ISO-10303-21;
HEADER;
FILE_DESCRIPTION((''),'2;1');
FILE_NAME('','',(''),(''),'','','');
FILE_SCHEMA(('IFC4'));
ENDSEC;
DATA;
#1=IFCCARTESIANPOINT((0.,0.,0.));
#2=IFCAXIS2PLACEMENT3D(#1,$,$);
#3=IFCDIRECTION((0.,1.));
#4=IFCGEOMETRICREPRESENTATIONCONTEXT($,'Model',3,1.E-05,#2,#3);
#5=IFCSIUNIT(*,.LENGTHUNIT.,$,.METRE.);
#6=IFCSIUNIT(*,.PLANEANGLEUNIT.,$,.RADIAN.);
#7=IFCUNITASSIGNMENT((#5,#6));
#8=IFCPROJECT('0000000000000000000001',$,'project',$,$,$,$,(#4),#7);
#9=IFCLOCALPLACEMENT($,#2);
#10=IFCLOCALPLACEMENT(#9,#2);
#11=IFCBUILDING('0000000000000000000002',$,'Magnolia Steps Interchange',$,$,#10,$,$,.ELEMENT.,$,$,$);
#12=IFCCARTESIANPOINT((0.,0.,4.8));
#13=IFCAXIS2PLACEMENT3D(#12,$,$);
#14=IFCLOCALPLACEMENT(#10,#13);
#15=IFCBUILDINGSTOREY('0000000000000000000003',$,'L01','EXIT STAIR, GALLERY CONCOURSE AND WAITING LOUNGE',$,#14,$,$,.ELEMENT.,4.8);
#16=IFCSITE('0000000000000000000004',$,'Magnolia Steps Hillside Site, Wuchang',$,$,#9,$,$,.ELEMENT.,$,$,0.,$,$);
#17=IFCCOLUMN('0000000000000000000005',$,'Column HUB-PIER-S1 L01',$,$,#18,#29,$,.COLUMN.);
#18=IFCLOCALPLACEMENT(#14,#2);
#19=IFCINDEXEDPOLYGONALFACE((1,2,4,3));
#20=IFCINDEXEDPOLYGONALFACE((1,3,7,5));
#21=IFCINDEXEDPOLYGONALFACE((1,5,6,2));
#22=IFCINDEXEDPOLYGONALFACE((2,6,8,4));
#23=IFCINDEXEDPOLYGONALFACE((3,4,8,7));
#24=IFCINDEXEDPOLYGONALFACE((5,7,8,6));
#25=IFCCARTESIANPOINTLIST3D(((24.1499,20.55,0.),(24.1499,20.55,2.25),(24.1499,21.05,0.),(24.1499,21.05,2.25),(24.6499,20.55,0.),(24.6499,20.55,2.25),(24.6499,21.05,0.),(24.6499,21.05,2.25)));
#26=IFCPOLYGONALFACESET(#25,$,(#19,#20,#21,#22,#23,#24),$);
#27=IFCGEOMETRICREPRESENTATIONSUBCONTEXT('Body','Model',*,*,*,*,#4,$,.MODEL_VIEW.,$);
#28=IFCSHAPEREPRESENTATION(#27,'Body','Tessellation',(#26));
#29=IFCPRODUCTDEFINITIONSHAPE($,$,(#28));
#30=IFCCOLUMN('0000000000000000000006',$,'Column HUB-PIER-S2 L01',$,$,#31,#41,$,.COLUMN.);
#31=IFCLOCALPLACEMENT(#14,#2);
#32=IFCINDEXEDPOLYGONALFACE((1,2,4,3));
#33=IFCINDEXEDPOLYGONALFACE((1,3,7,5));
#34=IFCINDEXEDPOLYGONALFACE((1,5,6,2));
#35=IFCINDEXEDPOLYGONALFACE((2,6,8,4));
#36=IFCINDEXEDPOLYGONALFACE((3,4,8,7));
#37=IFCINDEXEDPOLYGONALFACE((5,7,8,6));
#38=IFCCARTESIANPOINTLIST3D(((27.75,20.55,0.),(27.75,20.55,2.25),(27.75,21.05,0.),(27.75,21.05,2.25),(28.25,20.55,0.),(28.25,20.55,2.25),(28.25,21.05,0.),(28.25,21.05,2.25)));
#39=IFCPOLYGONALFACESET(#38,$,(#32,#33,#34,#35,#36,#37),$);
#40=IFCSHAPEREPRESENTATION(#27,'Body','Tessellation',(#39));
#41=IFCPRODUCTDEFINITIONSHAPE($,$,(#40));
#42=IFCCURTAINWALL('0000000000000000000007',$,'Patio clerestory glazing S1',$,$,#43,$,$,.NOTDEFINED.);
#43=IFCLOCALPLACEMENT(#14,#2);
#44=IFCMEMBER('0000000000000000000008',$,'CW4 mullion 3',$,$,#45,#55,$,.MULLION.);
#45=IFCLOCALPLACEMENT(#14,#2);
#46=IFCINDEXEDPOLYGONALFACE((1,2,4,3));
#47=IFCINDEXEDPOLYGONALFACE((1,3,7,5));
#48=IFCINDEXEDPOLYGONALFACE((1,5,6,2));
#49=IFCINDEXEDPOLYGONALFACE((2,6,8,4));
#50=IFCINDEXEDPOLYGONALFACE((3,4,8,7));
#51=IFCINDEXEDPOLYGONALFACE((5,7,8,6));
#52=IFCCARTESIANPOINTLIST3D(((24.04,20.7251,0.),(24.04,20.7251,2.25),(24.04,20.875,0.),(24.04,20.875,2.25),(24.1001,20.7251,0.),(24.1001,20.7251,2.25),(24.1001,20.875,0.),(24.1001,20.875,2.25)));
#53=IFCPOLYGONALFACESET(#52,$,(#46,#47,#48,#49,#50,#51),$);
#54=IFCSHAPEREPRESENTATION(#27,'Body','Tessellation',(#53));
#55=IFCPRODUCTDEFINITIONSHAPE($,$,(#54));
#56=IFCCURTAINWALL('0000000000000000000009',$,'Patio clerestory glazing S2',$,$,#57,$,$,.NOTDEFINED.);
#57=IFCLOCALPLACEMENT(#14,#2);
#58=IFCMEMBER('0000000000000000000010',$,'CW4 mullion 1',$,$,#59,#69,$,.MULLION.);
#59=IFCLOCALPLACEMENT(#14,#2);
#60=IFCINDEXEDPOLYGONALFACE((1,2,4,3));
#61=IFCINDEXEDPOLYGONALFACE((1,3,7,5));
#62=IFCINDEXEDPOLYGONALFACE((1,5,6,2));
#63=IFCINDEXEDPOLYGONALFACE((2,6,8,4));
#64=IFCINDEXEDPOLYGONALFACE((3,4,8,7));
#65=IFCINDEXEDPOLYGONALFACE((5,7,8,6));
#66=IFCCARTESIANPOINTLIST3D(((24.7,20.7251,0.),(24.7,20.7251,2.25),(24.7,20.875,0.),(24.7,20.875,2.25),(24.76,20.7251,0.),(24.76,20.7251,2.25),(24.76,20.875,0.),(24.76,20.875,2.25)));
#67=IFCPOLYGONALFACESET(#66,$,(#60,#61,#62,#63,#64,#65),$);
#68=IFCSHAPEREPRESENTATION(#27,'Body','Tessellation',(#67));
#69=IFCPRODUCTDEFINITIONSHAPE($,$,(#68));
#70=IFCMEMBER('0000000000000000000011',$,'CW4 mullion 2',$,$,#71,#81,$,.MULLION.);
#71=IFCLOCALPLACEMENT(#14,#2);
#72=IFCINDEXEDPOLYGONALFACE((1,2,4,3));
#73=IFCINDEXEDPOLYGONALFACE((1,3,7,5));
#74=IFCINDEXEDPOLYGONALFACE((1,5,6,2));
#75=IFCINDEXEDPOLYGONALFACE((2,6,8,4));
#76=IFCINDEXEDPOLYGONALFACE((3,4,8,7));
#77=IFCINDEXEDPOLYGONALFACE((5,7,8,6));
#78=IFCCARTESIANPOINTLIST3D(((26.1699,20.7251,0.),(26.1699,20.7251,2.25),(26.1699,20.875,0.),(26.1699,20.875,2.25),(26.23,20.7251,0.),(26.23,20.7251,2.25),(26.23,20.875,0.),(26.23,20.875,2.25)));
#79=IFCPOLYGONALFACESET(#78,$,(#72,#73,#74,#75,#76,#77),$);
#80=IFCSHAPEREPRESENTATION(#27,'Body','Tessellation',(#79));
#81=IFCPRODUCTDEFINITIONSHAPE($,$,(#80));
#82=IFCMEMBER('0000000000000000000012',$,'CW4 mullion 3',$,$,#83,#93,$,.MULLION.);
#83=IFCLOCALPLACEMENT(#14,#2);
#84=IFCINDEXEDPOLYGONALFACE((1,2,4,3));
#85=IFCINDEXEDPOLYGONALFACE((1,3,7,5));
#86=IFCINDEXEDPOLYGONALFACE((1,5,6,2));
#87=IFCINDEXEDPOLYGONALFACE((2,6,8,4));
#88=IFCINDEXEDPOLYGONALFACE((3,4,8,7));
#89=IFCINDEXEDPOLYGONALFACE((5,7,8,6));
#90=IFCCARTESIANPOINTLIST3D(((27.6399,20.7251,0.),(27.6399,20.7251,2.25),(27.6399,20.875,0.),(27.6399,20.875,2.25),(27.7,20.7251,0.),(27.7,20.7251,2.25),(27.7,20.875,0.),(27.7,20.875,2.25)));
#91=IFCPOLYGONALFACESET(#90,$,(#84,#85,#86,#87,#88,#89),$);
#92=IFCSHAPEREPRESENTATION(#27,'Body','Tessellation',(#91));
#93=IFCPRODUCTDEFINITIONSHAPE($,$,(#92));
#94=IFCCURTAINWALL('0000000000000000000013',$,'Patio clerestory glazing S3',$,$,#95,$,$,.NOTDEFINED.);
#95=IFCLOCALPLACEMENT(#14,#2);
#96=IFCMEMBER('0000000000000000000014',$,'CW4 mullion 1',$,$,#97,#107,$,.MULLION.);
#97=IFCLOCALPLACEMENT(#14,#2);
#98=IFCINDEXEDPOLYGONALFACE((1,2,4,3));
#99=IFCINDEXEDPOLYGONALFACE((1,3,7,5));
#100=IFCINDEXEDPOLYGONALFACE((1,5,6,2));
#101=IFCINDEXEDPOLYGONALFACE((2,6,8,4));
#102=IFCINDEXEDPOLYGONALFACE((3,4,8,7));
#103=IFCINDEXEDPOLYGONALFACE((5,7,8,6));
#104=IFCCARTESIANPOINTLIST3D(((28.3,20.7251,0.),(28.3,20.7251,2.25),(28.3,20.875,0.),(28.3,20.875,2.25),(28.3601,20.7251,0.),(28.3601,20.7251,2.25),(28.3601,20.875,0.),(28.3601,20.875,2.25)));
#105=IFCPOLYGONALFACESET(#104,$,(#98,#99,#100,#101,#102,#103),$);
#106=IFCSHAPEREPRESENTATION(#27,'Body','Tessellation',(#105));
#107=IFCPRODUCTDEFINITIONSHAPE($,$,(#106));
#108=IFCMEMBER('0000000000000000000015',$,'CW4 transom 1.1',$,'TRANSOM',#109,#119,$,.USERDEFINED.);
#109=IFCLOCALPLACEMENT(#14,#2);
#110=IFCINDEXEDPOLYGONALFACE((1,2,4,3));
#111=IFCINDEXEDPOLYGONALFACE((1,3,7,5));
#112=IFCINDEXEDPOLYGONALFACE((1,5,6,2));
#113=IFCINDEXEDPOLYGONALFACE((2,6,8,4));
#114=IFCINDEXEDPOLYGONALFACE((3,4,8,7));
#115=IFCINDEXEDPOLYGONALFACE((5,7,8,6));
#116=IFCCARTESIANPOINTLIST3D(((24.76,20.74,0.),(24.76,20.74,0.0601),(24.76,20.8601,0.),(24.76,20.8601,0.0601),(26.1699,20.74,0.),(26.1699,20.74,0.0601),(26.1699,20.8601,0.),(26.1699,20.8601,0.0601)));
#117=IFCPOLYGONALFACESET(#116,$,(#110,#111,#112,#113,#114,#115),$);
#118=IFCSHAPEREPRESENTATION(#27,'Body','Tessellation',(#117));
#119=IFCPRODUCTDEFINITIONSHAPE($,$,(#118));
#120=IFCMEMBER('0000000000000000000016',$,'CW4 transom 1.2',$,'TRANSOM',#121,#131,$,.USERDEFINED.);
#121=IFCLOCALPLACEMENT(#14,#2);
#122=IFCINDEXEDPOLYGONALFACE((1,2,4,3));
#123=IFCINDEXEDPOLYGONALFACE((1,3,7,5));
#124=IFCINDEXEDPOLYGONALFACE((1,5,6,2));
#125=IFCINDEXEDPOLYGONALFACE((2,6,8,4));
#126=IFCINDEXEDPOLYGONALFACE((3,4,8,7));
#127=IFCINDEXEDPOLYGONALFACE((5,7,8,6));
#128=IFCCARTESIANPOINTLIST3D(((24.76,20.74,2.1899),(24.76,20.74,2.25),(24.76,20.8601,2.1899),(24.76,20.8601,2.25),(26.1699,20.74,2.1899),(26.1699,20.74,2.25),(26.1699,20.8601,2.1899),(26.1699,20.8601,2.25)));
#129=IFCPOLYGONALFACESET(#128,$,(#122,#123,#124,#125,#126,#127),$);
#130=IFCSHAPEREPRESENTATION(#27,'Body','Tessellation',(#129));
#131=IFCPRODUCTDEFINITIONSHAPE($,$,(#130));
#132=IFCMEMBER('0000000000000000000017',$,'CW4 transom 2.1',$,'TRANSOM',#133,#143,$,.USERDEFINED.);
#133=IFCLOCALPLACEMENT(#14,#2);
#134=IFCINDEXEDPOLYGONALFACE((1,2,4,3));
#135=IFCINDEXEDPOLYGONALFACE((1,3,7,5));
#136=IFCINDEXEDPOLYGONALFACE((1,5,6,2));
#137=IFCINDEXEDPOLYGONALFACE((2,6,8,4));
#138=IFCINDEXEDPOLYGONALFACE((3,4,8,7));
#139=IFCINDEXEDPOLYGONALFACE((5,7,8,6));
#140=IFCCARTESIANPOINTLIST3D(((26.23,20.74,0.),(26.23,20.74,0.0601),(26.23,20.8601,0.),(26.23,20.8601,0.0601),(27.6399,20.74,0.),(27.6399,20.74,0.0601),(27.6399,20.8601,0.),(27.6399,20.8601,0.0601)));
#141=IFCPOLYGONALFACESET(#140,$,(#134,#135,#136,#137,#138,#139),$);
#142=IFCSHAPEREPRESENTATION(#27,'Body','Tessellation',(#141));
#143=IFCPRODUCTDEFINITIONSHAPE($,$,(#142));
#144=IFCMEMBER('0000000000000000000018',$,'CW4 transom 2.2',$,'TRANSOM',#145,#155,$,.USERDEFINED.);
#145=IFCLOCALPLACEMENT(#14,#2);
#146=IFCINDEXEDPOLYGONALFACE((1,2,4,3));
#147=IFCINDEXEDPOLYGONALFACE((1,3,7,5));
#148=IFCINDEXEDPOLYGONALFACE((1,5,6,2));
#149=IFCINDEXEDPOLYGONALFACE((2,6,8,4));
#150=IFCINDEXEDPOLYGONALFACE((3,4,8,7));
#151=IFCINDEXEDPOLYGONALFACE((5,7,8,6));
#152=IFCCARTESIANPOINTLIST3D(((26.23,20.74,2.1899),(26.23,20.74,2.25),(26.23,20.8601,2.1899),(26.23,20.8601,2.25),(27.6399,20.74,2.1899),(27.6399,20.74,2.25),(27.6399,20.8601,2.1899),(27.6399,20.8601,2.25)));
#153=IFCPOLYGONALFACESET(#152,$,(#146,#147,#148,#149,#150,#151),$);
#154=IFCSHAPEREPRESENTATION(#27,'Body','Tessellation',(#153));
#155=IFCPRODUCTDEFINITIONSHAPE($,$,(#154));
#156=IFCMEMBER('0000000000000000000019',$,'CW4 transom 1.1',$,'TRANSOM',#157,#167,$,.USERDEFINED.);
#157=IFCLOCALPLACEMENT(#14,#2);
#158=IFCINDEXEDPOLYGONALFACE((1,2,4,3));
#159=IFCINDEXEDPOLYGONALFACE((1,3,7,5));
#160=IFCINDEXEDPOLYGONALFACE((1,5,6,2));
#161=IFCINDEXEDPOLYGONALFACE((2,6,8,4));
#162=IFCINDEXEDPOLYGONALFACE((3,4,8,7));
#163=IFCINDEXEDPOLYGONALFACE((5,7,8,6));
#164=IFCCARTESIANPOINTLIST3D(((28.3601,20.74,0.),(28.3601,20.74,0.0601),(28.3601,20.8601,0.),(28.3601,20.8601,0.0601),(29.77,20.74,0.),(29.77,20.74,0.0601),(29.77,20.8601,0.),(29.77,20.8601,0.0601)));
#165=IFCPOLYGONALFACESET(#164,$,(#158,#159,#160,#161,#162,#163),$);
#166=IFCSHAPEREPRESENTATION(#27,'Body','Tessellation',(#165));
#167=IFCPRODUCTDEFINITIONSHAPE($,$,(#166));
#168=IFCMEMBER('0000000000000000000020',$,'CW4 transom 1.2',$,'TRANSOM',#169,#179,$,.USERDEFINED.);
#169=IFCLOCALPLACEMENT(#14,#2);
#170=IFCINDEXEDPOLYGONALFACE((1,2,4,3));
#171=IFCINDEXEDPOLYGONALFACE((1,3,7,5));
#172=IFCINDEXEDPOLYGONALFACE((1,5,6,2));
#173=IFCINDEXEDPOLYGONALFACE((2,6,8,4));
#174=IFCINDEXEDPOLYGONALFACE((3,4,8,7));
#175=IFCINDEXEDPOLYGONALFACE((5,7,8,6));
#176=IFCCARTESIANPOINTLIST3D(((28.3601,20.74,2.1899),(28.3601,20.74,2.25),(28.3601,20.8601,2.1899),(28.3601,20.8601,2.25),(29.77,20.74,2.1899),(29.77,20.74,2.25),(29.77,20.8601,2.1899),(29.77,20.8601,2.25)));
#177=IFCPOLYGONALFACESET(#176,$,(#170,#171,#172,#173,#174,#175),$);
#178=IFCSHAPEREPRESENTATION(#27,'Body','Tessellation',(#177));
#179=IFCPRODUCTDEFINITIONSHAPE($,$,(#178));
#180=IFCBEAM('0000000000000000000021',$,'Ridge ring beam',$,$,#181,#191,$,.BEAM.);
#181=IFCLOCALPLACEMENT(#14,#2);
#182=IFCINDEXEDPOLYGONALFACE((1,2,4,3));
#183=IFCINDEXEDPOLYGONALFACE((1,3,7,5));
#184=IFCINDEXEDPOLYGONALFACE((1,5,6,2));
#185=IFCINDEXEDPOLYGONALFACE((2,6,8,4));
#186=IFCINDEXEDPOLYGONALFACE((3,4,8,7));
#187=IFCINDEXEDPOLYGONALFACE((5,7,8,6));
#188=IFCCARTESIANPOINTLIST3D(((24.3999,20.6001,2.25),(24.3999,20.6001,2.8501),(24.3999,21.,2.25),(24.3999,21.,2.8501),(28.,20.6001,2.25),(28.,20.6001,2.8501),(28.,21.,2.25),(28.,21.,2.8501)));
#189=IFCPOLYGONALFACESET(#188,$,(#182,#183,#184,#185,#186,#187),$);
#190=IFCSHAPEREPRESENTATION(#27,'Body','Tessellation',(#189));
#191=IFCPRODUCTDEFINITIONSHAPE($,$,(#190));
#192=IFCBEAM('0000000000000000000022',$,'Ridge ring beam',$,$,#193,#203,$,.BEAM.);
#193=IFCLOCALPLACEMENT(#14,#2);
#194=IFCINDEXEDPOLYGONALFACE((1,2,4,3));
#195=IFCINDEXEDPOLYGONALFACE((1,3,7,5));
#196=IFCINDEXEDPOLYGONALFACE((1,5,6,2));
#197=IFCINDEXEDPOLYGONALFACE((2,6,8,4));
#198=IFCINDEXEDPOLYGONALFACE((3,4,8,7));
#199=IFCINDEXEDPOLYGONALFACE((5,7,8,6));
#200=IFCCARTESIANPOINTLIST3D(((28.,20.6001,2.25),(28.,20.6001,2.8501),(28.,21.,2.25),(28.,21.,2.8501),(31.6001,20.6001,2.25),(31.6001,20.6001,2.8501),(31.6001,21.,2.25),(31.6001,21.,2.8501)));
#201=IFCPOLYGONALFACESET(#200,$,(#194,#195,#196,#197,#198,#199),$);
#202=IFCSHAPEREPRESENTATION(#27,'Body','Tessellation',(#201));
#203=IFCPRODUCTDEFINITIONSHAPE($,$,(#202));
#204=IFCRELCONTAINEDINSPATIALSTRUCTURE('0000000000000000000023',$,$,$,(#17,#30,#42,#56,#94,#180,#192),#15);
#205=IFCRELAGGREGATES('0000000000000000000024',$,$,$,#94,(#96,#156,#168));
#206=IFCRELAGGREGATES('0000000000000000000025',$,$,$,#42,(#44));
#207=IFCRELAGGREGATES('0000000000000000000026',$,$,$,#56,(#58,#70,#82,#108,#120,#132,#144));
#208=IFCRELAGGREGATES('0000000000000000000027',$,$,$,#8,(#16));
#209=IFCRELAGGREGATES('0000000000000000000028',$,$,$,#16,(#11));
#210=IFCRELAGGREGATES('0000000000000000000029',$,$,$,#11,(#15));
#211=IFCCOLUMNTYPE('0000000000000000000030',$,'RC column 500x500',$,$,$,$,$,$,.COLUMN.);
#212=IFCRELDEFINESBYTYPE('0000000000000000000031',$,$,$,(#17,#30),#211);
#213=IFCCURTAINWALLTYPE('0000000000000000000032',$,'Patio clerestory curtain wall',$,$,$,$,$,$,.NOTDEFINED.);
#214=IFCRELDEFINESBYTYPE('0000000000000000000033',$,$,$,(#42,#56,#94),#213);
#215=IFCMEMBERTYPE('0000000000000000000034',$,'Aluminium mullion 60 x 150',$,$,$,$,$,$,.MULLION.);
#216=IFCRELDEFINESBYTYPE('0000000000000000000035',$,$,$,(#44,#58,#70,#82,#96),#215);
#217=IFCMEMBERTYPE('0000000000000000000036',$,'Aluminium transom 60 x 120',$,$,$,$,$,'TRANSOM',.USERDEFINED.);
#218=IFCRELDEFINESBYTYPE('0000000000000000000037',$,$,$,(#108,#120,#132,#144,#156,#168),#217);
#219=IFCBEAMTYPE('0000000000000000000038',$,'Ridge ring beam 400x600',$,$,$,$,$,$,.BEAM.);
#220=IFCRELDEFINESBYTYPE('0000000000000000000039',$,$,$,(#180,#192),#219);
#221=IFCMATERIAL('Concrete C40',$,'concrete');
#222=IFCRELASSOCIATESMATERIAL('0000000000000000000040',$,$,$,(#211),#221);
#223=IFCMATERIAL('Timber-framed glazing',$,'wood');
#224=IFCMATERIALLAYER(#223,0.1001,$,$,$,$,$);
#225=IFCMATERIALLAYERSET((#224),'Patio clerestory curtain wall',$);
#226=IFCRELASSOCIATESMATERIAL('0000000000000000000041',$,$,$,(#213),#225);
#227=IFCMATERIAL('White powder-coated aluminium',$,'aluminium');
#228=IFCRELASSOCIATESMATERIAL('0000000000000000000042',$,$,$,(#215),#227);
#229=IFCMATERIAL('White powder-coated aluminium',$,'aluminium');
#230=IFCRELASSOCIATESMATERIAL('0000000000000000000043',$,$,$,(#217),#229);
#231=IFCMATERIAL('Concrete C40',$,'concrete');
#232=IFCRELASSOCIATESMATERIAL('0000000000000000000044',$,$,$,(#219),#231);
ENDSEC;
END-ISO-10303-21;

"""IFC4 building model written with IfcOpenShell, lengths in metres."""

from ifc_helpers import new_model, si_unit, direction, frame, origin, origin_2d, place, context, subcontext, project, spatial, rectangle, extrude, material, layer, layer_set, material_profile, profile_set, type_object, element, aggregate, save


model = new_model("IFC4")

# Units and contexts
model_context = context("Model", 3, precision=1e-05, world=origin(), true_north=direction((0.0, 1.0)))
body_context = subcontext(model_context, "Body", "Model", "MODEL_VIEW")
ifc_project = project(units=[si_unit("LENGTHUNIT", "METRE"), si_unit("PLANEANGLEUNIT", "RADIAN")], contexts=[model_context])

# Site, building, storey
site_placement = place(None, origin())
site = spatial("IfcSite", under=ifc_project, at=site_placement, Name="Magnolia Steps Hillside Site, Wuchang", CompositionType="ELEMENT", RefElevation=0.0)
building_placement = place(site_placement, origin())
building = spatial("IfcBuilding", under=site, at=building_placement, Name="Magnolia Steps Interchange", CompositionType="ELEMENT")
storey_placement = place(building_placement, frame((0.0, 0.0, 4.8)))
storey = spatial("IfcBuildingStorey", under=building, at=storey_placement, Name="L01", Description="EXIT STAIR, GALLERY CONCOURSE AND WAITING LOUNGE", CompositionType="ELEMENT", Elevation=4.8)

# Columns
ifc_material_1 = material(Name="Concrete C40", Category="concrete")
ifc_material_profile_1 = material_profile(ifc_material_1, rectangle(XDim=0.5, YDim=0.5, at=origin_2d()), Name="RC500x500")
ifc_profile_set_1 = profile_set([ifc_material_profile_1], Name="Concrete C40")
column_type = type_object("IfcColumnType", Name="RC column 500x500", PredefinedType="COLUMN", material=ifc_profile_set_1)
for number, where, z_axis, x_axis, name in (
    (1, (24.3999, 20.8, 0.0), (0.0, 0.0, 1.0), (1.0, 0.0, 0.0), "Column HUB-PIER-S1 L01"),
    (2, (28.0, 20.8, 0.0), (0.0, 0.0, 1.0), (1.0, 0.0, 0.0), "Column HUB-PIER-S2 L01"),
):
    element("IfcColumn", number, at=place(storey_placement, frame(where, z_axis=z_axis, x_axis=x_axis)), inside=storey, type_object=column_type, Name=name, PredefinedType="COLUMN", context=body_context, shape_type="SweptSolid", body=[
        extrude(rectangle(XDim=0.5, YDim=0.5, at=origin_2d()), origin(), (0.0, 0.0, 1.0), 2.25),
    ])

# Curtain wall, member
ifc_material_2 = material(Name="Timber-framed glazing", Category="wood")
ifc_layer_1 = layer(ifc_material_2, 0.1001)
ifc_layer_set_1 = layer_set([ifc_layer_1], Name="Patio clerestory curtain wall")
curtain_wall_type = type_object("IfcCurtainWallType", Name="Patio clerestory curtain wall", PredefinedType="NOTDEFINED", material=ifc_layer_set_1)
curtain_wall_1_placement = place(storey_placement, origin())
curtain_wall_1 = element("IfcCurtainWall", 3, at=curtain_wall_1_placement, inside=storey, type_object=curtain_wall_type, Name="Patio clerestory glazing S1", PredefinedType="NOTDEFINED")
ifc_material_3 = material(Name="White powder-coated aluminium", Category="aluminium")
ifc_material_profile_2 = material_profile(ifc_material_3, rectangle(XDim=0.0601, YDim=0.1499, at=origin_2d()), Name="Aluminium mullion 60 x 150")
ifc_profile_set_2 = profile_set([ifc_material_profile_2], Name="White powder-coated aluminium")
member_type_1 = type_object("IfcMemberType", Name="Aluminium mullion 60 x 150", PredefinedType="MULLION", material=ifc_profile_set_2)
member_1_placement = place(storey_placement, frame((24.0701, 20.8, 0.0), z_axis=(0.0, 0.0, 1.0), x_axis=(1.0, 0.0, 0.0)))
member_1 = element("IfcMember", 4, at=member_1_placement, type_object=member_type_1, Name="CW4 mullion 3", PredefinedType="MULLION", context=body_context, shape_type="SweptSolid", body=[
    extrude(rectangle(XDim=0.0601, YDim=0.1499, at=origin_2d()), origin(), (0.0, 0.0, 1.0), 2.25),
])

# Curtain wall, members
curtain_wall_2_placement = place(storey_placement, origin())
curtain_wall_2 = element("IfcCurtainWall", 5, at=curtain_wall_2_placement, inside=storey, type_object=curtain_wall_type, Name="Patio clerestory glazing S2", PredefinedType="NOTDEFINED")
member_2_placement = place(storey_placement, frame((24.73, 20.8, 0.0), z_axis=(0.0, 0.0, 1.0), x_axis=(1.0, 0.0, 0.0)))
member_2 = element("IfcMember", 6, at=member_2_placement, type_object=member_type_1, Name="CW4 mullion 1", PredefinedType="MULLION", context=body_context, shape_type="SweptSolid", body=[
    extrude(rectangle(XDim=0.0601, YDim=0.1499, at=origin_2d()), origin(), (0.0, 0.0, 1.0), 2.25),
])
member_3_placement = place(storey_placement, frame((26.2, 20.8, 0.0), z_axis=(0.0, 0.0, 1.0), x_axis=(1.0, 0.0, 0.0)))
member_3 = element("IfcMember", 7, at=member_3_placement, type_object=member_type_1, Name="CW4 mullion 2", PredefinedType="MULLION", context=body_context, shape_type="SweptSolid", body=[
    extrude(rectangle(XDim=0.0601, YDim=0.1499, at=origin_2d()), origin(), (0.0, 0.0, 1.0), 2.25),
])
member_4_placement = place(storey_placement, frame((27.6699, 20.8, 0.0), z_axis=(0.0, 0.0, 1.0), x_axis=(1.0, 0.0, 0.0)))
member_4 = element("IfcMember", 8, at=member_4_placement, type_object=member_type_1, Name="CW4 mullion 3", PredefinedType="MULLION", context=body_context, shape_type="SweptSolid", body=[
    extrude(rectangle(XDim=0.0601, YDim=0.1499, at=origin_2d()), origin(), (0.0, 0.0, 1.0), 2.25),
])

# Curtain wall, member
curtain_wall_3_placement = place(storey_placement, origin())
curtain_wall_3 = element("IfcCurtainWall", 9, at=curtain_wall_3_placement, inside=storey, type_object=curtain_wall_type, Name="Patio clerestory glazing S3", PredefinedType="NOTDEFINED")
member_5_placement = place(storey_placement, frame((28.3301, 20.8, 0.0), z_axis=(0.0, 0.0, 1.0), x_axis=(1.0, 0.0, 0.0)))
member_5 = element("IfcMember", 10, at=member_5_placement, type_object=member_type_1, Name="CW4 mullion 1", PredefinedType="MULLION", context=body_context, shape_type="SweptSolid", body=[
    extrude(rectangle(XDim=0.0601, YDim=0.1499, at=origin_2d()), origin(), (0.0, 0.0, 1.0), 2.25),
])

# Members
ifc_material_4 = material(Name="White powder-coated aluminium", Category="aluminium")
ifc_material_profile_3 = material_profile(ifc_material_4, rectangle(XDim=0.0601, YDim=0.1201, at=origin_2d()), Name="Aluminium transom 60 x 120")
ifc_profile_set_3 = profile_set([ifc_material_profile_3], Name="White powder-coated aluminium")
member_type_2 = type_object("IfcMemberType", Name="Aluminium transom 60 x 120", ElementType="TRANSOM", PredefinedType="USERDEFINED", material=ifc_profile_set_3)
member_6_placement = place(storey_placement, frame((24.76, 20.8, 0.03), z_axis=(1.0, 0.0, 0.0), x_axis=(0.0, 0.0, 1.0)))
member_6 = element("IfcMember", 11, at=member_6_placement, type_object=member_type_2, Name="CW4 transom 1.1", ObjectType="TRANSOM", PredefinedType="USERDEFINED", context=body_context, shape_type="SweptSolid", body=[
    extrude(rectangle(XDim=0.0601, YDim=0.1201, at=origin_2d()), origin(), (0.0, 0.0, 1.0), 1.4099),
])
member_7_placement = place(storey_placement, frame((24.76, 20.8, 2.22), z_axis=(1.0, 0.0, 0.0), x_axis=(0.0, 0.0, 1.0)))
member_7 = element("IfcMember", 12, at=member_7_placement, type_object=member_type_2, Name="CW4 transom 1.2", ObjectType="TRANSOM", PredefinedType="USERDEFINED", context=body_context, shape_type="SweptSolid", body=[
    extrude(rectangle(XDim=0.0601, YDim=0.1201, at=origin_2d()), origin(), (0.0, 0.0, 1.0), 1.4099),
])
member_8_placement = place(storey_placement, frame((26.23, 20.8, 0.03), z_axis=(1.0, 0.0, 0.0), x_axis=(0.0, 0.0, 1.0)))
member_8 = element("IfcMember", 13, at=member_8_placement, type_object=member_type_2, Name="CW4 transom 2.1", ObjectType="TRANSOM", PredefinedType="USERDEFINED", context=body_context, shape_type="SweptSolid", body=[
    extrude(rectangle(XDim=0.0601, YDim=0.1201, at=origin_2d()), origin(), (0.0, 0.0, 1.0), 1.4099),
])
member_9_placement = place(storey_placement, frame((26.23, 20.8, 2.22), z_axis=(1.0, 0.0, 0.0), x_axis=(0.0, 0.0, 1.0)))
member_9 = element("IfcMember", 14, at=member_9_placement, type_object=member_type_2, Name="CW4 transom 2.2", ObjectType="TRANSOM", PredefinedType="USERDEFINED", context=body_context, shape_type="SweptSolid", body=[
    extrude(rectangle(XDim=0.0601, YDim=0.1201, at=origin_2d()), origin(), (0.0, 0.0, 1.0), 1.4099),
])
member_10_placement = place(storey_placement, frame((28.3601, 20.8, 0.03), z_axis=(1.0, 0.0, 0.0), x_axis=(0.0, 0.0, 1.0)))
member_10 = element("IfcMember", 15, at=member_10_placement, type_object=member_type_2, Name="CW4 transom 1.1", ObjectType="TRANSOM", PredefinedType="USERDEFINED", context=body_context, shape_type="SweptSolid", body=[
    extrude(rectangle(XDim=0.0601, YDim=0.1201, at=origin_2d()), origin(), (0.0, 0.0, 1.0), 1.4099),
])
member_11_placement = place(storey_placement, frame((28.3601, 20.8, 2.22), z_axis=(1.0, 0.0, 0.0), x_axis=(0.0, 0.0, 1.0)))
member_11 = element("IfcMember", 16, at=member_11_placement, type_object=member_type_2, Name="CW4 transom 1.2", ObjectType="TRANSOM", PredefinedType="USERDEFINED", context=body_context, shape_type="SweptSolid", body=[
    extrude(rectangle(XDim=0.0601, YDim=0.1201, at=origin_2d()), origin(), (0.0, 0.0, 1.0), 1.4099),
])
aggregate(curtain_wall_3, [member_5, member_10, member_11])

# Beams
ifc_material_5 = material(Name="Concrete C40", Category="concrete")
ifc_material_profile_4 = material_profile(ifc_material_5, rectangle(XDim=0.3999, YDim=0.6001, at=origin_2d()), Name="RC400x600")
ifc_profile_set_4 = profile_set([ifc_material_profile_4], Name="Concrete C40")
beam_type_1 = type_object("IfcBeamType", Name="Ridge ring beam 400x600", PredefinedType="BEAM", material=ifc_profile_set_4)
for number, where, z_axis, x_axis, name in (
    (17, (24.3999, 20.8, 2.55), (1.0, 0.0, 0.0), (0.0, 1.0, 0.0), "Ridge ring beam"),
    (18, (28.0, 20.8, 2.55), (1.0, 0.0, 0.0), (0.0, 1.0, 0.0), "Ridge ring beam"),
):
    element("IfcBeam", number, at=place(storey_placement, frame(where, z_axis=z_axis, x_axis=x_axis)), inside=storey, type_object=beam_type_1, Name=name, PredefinedType="BEAM", context=body_context, shape_type="SweptSolid", body=[
        extrude(rectangle(XDim=0.3999, YDim=0.6001, at=origin_2d()), origin(), (0.0, 0.0, 1.0), 3.6001),
    ])

aggregate(curtain_wall_1, [member_1])
aggregate(curtain_wall_2, [member_2, member_3, member_4, member_6, member_7, member_8, member_9])

save(model, "model.ifc")
